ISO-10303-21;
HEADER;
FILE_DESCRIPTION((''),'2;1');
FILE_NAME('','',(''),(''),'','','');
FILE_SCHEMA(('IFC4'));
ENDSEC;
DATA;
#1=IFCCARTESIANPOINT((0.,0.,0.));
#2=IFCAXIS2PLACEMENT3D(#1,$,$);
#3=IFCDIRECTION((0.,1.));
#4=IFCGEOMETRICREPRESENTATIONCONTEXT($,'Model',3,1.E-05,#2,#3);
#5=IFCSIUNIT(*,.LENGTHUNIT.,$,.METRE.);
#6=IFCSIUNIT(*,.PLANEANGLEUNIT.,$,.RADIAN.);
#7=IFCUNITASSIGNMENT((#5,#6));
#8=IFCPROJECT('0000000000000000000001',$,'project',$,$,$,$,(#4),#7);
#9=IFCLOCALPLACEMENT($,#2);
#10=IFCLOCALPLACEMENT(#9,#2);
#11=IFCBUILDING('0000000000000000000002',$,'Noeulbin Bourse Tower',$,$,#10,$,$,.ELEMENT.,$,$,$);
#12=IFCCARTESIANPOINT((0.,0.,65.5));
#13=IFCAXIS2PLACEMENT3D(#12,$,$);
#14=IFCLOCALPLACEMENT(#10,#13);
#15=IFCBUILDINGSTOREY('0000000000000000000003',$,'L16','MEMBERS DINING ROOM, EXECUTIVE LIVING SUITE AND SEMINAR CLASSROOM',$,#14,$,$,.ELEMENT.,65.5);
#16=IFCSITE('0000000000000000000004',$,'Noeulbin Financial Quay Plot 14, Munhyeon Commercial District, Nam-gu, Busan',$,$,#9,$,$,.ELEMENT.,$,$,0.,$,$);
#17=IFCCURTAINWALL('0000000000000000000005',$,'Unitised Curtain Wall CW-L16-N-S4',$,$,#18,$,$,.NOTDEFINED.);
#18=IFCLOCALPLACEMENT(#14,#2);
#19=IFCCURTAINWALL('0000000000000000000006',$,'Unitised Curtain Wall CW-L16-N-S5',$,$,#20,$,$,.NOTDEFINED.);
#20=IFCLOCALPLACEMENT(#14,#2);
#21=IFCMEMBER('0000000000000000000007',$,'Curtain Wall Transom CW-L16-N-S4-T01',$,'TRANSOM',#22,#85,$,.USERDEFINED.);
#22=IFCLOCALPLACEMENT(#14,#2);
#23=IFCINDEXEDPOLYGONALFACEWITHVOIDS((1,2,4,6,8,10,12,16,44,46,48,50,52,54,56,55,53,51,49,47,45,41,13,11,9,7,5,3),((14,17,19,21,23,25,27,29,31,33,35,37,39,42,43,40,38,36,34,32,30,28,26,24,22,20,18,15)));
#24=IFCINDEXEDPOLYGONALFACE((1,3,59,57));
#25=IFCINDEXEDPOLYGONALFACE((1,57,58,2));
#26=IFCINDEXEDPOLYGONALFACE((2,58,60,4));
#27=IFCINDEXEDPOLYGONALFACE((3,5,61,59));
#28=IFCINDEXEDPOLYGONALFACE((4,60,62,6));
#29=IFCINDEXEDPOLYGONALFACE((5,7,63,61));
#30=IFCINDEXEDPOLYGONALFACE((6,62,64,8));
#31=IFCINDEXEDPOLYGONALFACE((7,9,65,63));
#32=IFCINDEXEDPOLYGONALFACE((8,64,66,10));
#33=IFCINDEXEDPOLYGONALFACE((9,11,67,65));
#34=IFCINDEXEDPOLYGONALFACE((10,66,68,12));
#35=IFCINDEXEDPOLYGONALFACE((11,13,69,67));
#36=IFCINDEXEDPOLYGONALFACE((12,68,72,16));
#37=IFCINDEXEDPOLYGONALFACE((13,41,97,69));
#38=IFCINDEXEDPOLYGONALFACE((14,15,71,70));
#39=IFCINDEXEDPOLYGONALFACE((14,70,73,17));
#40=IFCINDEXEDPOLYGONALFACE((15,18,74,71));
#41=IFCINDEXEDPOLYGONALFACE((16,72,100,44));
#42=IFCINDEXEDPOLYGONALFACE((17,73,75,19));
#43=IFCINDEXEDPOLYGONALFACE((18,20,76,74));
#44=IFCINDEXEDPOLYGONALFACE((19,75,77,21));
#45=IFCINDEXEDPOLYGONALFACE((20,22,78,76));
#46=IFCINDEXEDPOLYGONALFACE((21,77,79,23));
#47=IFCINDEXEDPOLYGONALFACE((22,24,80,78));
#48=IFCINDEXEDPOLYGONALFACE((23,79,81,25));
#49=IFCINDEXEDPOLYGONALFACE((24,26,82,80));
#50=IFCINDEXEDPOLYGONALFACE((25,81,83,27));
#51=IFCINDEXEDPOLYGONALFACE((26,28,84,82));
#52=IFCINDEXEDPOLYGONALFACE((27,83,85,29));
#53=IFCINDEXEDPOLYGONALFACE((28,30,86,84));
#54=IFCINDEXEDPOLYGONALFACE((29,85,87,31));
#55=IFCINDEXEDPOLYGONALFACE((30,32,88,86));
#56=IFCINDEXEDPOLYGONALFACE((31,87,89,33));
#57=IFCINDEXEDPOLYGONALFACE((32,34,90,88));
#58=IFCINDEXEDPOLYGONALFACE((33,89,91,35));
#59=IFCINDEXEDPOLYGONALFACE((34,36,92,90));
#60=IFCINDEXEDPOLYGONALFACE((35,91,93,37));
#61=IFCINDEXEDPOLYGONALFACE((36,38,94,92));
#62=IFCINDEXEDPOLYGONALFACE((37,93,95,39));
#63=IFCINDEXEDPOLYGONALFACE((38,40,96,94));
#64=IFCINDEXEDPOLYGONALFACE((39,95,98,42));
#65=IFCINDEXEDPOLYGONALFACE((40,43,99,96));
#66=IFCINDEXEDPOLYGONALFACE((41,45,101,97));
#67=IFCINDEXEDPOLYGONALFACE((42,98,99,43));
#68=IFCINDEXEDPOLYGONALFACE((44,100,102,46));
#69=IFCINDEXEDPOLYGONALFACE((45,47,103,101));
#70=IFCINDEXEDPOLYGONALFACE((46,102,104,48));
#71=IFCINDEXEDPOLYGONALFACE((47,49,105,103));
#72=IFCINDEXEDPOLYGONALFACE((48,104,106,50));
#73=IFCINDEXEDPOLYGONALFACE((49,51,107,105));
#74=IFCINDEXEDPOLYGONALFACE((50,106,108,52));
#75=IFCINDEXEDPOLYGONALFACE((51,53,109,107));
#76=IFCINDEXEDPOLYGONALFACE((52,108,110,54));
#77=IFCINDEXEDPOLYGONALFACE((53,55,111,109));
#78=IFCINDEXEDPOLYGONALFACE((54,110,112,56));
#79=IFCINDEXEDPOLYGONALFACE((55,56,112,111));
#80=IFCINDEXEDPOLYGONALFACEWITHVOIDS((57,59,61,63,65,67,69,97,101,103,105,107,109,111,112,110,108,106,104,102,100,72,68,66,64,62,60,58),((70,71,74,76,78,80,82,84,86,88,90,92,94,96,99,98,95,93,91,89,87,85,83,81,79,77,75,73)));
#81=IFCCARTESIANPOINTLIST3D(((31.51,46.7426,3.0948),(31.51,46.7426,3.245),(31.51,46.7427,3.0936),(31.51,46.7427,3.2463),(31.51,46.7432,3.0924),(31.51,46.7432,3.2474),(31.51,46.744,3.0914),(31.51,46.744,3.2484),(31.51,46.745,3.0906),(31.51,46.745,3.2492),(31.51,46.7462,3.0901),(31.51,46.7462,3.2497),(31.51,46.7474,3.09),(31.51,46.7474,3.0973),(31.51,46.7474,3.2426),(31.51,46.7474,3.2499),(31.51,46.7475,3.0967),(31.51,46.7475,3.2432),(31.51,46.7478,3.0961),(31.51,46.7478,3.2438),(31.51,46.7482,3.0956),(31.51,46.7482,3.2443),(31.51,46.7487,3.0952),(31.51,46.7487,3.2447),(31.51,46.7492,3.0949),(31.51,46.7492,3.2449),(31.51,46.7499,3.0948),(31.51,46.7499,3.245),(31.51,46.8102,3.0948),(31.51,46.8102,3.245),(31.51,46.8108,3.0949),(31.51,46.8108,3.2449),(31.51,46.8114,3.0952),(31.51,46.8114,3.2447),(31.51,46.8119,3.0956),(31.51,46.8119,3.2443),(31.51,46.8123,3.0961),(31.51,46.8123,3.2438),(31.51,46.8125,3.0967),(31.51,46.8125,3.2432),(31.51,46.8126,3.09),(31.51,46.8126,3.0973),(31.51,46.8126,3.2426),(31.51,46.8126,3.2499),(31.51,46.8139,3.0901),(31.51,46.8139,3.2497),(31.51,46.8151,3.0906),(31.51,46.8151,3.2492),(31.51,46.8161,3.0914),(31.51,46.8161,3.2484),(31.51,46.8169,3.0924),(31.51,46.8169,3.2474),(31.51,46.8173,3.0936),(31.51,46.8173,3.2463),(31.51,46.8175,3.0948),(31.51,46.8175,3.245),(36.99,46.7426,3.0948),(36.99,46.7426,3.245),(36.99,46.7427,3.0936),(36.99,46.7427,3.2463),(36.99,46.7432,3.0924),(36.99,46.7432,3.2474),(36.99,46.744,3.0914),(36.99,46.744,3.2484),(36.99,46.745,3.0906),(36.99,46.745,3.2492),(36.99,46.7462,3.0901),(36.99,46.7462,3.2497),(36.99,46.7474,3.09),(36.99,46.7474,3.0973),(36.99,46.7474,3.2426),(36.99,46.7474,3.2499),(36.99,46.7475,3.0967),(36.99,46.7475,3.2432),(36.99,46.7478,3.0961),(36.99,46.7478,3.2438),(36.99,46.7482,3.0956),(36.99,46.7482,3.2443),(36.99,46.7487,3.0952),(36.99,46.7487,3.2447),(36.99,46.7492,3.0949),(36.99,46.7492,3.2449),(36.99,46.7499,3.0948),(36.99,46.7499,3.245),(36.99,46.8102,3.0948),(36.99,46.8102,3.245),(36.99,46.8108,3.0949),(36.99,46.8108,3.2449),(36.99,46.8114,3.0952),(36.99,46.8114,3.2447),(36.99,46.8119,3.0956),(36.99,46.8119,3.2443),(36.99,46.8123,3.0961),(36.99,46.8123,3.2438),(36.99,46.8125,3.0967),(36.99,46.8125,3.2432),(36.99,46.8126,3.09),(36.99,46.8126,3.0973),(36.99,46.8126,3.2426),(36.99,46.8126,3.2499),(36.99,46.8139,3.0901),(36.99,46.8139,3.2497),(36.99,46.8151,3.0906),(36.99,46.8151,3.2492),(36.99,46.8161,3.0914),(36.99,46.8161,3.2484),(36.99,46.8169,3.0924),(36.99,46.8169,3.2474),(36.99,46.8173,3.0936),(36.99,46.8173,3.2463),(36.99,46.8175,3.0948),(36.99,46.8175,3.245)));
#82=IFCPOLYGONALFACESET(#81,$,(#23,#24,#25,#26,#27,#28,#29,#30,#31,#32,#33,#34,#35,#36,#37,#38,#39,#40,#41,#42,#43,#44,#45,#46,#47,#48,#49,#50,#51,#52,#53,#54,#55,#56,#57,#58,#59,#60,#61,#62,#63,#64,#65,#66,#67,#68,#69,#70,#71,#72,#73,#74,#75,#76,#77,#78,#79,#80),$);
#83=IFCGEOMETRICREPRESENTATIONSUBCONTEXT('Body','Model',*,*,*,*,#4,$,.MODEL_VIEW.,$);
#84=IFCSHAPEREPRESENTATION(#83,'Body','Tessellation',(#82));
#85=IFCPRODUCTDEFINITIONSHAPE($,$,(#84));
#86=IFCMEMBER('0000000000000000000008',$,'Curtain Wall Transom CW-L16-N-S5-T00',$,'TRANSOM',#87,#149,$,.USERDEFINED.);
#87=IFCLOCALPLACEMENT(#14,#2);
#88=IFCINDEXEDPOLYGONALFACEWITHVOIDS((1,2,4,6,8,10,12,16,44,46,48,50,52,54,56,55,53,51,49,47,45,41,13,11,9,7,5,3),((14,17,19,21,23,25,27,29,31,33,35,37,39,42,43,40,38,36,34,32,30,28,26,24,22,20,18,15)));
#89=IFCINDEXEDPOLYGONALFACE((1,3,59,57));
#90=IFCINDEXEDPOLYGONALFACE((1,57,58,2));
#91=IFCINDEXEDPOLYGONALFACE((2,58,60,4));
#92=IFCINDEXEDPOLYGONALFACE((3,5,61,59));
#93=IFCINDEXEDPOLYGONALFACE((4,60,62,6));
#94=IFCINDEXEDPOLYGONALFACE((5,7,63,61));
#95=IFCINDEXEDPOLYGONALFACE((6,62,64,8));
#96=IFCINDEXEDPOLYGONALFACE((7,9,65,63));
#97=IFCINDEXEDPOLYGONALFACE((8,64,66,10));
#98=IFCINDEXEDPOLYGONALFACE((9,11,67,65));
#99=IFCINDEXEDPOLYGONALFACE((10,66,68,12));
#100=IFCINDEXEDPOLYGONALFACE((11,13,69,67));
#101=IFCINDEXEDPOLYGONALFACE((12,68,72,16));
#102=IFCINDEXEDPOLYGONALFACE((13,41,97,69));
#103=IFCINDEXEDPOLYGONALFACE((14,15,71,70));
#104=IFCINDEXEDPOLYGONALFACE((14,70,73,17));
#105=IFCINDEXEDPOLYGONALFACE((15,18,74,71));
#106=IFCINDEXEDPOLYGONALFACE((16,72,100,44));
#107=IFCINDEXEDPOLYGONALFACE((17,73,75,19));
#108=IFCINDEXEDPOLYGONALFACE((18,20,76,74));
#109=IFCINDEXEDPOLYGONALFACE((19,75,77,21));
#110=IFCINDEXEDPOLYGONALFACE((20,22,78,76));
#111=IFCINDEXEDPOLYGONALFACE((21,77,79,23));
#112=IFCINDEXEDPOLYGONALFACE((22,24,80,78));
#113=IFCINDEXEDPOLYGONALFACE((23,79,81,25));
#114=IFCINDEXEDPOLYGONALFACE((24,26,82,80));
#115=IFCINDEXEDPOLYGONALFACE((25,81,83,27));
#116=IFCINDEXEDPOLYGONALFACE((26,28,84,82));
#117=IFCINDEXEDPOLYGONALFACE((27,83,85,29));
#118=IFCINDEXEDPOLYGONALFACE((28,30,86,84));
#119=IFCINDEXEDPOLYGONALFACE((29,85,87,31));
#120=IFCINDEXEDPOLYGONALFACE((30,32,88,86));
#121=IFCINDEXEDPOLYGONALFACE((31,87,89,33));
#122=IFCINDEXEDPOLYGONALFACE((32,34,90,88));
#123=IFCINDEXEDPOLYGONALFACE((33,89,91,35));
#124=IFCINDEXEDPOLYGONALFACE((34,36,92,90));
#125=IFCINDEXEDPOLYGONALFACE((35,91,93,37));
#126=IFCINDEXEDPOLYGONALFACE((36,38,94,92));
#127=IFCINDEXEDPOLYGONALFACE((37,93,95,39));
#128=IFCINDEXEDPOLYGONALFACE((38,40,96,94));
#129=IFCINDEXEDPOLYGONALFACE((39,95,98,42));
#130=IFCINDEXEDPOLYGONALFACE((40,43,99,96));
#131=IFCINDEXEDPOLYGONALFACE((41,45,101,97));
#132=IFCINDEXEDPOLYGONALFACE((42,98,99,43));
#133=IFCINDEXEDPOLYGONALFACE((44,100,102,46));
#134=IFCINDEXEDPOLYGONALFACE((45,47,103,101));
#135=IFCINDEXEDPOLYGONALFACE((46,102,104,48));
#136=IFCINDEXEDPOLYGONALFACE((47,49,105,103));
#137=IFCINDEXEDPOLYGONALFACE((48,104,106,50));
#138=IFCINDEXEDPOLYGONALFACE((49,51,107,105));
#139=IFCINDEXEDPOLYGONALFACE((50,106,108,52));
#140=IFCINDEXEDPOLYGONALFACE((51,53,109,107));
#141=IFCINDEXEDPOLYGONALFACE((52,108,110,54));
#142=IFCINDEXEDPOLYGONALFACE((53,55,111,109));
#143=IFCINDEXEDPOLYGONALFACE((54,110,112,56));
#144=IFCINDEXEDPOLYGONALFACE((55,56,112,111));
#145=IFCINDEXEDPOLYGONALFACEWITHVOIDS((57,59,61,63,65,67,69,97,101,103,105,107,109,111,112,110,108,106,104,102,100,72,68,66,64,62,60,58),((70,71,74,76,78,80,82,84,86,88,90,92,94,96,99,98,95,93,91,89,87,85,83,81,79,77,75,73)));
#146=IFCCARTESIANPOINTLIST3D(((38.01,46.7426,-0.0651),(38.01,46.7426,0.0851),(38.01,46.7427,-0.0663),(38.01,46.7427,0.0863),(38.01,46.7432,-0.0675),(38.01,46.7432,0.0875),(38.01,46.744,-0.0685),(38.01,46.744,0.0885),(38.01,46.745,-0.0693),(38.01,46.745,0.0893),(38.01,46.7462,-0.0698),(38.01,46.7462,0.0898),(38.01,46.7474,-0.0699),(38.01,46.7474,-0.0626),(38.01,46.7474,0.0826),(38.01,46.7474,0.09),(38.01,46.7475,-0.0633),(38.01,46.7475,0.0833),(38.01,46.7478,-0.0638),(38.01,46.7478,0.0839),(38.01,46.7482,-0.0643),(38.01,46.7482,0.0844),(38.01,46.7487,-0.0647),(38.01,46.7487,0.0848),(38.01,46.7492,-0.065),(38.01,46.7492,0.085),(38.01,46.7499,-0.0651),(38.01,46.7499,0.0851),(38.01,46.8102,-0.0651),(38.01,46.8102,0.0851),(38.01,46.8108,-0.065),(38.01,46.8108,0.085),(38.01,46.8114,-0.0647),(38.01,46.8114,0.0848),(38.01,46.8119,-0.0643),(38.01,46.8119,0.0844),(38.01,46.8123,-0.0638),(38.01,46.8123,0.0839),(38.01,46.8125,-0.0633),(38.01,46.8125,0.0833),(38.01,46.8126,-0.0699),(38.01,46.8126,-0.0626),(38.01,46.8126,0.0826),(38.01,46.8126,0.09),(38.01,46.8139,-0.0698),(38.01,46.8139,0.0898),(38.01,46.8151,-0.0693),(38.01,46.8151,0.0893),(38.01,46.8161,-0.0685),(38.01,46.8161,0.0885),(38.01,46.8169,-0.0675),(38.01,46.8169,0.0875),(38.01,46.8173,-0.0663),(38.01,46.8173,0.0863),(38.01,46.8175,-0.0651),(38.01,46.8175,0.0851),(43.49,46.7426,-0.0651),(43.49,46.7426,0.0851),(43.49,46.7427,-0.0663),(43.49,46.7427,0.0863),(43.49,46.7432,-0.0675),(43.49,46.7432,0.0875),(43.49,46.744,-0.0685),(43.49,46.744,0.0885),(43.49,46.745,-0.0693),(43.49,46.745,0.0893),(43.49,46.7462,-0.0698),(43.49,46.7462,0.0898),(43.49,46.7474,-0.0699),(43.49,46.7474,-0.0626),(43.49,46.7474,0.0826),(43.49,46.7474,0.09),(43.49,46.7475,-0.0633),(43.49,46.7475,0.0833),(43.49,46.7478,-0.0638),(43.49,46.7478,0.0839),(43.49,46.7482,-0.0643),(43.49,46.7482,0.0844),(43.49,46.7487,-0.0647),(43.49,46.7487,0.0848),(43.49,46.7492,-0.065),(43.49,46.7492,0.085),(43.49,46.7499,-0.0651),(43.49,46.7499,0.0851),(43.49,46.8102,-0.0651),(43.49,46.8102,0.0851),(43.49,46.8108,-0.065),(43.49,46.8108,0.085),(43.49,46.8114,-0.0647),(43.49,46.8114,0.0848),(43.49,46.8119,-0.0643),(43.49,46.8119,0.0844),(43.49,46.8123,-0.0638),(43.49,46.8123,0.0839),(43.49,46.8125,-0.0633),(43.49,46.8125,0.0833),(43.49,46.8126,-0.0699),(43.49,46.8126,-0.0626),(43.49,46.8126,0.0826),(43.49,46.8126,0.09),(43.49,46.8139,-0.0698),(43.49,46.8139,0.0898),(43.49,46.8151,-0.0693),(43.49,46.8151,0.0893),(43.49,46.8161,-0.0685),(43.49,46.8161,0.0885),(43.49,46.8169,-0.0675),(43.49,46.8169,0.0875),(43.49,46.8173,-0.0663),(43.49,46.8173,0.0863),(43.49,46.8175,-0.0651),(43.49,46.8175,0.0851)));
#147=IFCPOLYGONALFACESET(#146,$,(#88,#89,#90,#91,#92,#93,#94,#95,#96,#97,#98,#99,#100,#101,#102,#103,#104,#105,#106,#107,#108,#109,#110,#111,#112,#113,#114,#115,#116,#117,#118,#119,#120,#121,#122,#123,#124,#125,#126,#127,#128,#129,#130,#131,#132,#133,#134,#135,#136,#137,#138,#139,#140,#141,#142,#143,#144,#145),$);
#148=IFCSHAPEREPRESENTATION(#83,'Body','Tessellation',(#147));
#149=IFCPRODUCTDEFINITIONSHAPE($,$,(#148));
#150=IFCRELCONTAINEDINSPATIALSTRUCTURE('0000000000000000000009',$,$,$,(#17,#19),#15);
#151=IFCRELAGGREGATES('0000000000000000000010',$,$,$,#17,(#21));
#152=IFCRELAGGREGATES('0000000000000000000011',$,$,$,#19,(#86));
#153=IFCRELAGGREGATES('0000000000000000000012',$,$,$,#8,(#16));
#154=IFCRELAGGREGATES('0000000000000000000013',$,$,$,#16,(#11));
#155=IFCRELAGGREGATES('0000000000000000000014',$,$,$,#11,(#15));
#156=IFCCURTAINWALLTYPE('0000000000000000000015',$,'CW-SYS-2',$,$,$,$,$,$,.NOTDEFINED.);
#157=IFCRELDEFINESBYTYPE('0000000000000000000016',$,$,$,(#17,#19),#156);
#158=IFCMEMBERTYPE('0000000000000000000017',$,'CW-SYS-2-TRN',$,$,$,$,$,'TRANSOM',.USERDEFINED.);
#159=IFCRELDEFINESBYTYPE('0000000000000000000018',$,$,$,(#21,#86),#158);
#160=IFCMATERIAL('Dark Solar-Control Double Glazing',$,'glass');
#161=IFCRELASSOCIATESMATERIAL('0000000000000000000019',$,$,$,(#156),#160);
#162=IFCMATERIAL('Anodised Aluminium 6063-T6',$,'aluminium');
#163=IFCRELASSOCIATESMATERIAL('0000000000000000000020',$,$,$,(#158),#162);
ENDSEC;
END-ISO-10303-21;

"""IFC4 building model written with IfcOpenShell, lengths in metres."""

from ifc_helpers import new_model, si_unit, direction, frame, origin, origin_2d, place, context, subcontext, project, spatial, hollow_rectangle, extrude, material, material_profile, profile_set, type_object, element, aggregate, save


model = new_model("IFC4")

# Units and contexts
model_context = context("Model", 3, precision=1e-05, world=origin(), true_north=direction((0.0, 1.0)))
body_context = subcontext(model_context, "Body", "Model", "MODEL_VIEW")
ifc_project = project(units=[si_unit("LENGTHUNIT", "METRE"), si_unit("PLANEANGLEUNIT", "RADIAN")], contexts=[model_context])

# Site, building, storey
site_placement = place(None, origin())
site = spatial("IfcSite", under=ifc_project, at=site_placement, Name="Noeulbin Financial Quay Plot 14, Munhyeon Commercial District, Nam-gu, Busan", CompositionType="ELEMENT", RefElevation=0.0)
building_placement = place(site_placement, origin())
building = spatial("IfcBuilding", under=site, at=building_placement, Name="Noeulbin Bourse Tower", CompositionType="ELEMENT")
storey_placement = place(building_placement, frame((0.0, 0.0, 65.5)))
storey = spatial("IfcBuildingStorey", under=building, at=storey_placement, Name="L16", Description="MEMBERS DINING ROOM, EXECUTIVE LIVING SUITE AND SEMINAR CLASSROOM", CompositionType="ELEMENT", Elevation=65.5)

# Shared definitions
ifc_material_1 = material(Name="Dark Solar-Control Double Glazing", Category="glass")
curtain_wall_type = type_object("IfcCurtainWallType", Name="CW-SYS-2", PredefinedType="NOTDEFINED", material=ifc_material_1)
ifc_material_2 = material(Name="Anodised Aluminium 6063-T6", Category="aluminium")

# Curtain wall
curtain_wall_1_placement = place(storey_placement, origin())
curtain_wall_1 = element("IfcCurtainWall", 1, at=curtain_wall_1_placement, inside=storey, type_object=curtain_wall_type, Name="Unitised Curtain Wall CW-L16-N-S4", PredefinedType="NOTDEFINED")

# Curtain wall
curtain_wall_2_placement = place(storey_placement, origin())
curtain_wall_2 = element("IfcCurtainWall", 2, at=curtain_wall_2_placement, inside=storey, type_object=curtain_wall_type, Name="Unitised Curtain Wall CW-L16-N-S5", PredefinedType="NOTDEFINED")

# Members
ifc_material_profile_1 = material_profile(ifc_material_2, hollow_rectangle(XDim=0.075, YDim=0.1599, WallThickness=0.0049, InnerFilletRadius=0.0024, OuterFilletRadius=0.0049, at=origin_2d()), Name="ALU-TRAN-75x160x5", Category="LoadBearing")
ifc_profile_set_1 = profile_set([ifc_material_profile_1], Name="Anodised Aluminium 6063-T6")
member_type_1 = type_object("IfcMemberType", Name="CW-SYS-2-TRN", ElementType="TRANSOM", PredefinedType="USERDEFINED", material=ifc_profile_set_1)
member_1_placement = place(storey_placement, frame((31.51, 46.78, 3.1699), z_axis=(1.0, 0.0, 0.0), x_axis=(0.0, 1.0, 0.0)))
member_1 = element("IfcMember", 3, at=member_1_placement, type_object=member_type_1, Name="Curtain Wall Transom CW-L16-N-S4-T01", ObjectType="TRANSOM", PredefinedType="USERDEFINED", context=body_context, shape_type="SweptSolid", body=[
    extrude(hollow_rectangle(XDim=0.075, YDim=0.1599, WallThickness=0.0049, InnerFilletRadius=0.0024, OuterFilletRadius=0.0049, at=origin_2d()), origin(), (0.0, 0.0, 1.0), 5.48),
])
member_2_placement = place(storey_placement, frame((38.01, 46.78, 0.01), z_axis=(1.0, 0.0, 0.0), x_axis=(0.0, 1.0, 0.0)))
member_2 = element("IfcMember", 4, at=member_2_placement, type_object=member_type_1, Name="Curtain Wall Transom CW-L16-N-S5-T00", ObjectType="TRANSOM", PredefinedType="USERDEFINED", context=body_context, shape_type="SweptSolid", body=[
    extrude(hollow_rectangle(XDim=0.075, YDim=0.1599, WallThickness=0.0049, InnerFilletRadius=0.0024, OuterFilletRadius=0.0049, at=origin_2d()), origin(), (0.0, 0.0, 1.0), 5.48),
])

aggregate(curtain_wall_1, [member_1])
aggregate(curtain_wall_2, [member_2])

save(model, "model.ifc")
